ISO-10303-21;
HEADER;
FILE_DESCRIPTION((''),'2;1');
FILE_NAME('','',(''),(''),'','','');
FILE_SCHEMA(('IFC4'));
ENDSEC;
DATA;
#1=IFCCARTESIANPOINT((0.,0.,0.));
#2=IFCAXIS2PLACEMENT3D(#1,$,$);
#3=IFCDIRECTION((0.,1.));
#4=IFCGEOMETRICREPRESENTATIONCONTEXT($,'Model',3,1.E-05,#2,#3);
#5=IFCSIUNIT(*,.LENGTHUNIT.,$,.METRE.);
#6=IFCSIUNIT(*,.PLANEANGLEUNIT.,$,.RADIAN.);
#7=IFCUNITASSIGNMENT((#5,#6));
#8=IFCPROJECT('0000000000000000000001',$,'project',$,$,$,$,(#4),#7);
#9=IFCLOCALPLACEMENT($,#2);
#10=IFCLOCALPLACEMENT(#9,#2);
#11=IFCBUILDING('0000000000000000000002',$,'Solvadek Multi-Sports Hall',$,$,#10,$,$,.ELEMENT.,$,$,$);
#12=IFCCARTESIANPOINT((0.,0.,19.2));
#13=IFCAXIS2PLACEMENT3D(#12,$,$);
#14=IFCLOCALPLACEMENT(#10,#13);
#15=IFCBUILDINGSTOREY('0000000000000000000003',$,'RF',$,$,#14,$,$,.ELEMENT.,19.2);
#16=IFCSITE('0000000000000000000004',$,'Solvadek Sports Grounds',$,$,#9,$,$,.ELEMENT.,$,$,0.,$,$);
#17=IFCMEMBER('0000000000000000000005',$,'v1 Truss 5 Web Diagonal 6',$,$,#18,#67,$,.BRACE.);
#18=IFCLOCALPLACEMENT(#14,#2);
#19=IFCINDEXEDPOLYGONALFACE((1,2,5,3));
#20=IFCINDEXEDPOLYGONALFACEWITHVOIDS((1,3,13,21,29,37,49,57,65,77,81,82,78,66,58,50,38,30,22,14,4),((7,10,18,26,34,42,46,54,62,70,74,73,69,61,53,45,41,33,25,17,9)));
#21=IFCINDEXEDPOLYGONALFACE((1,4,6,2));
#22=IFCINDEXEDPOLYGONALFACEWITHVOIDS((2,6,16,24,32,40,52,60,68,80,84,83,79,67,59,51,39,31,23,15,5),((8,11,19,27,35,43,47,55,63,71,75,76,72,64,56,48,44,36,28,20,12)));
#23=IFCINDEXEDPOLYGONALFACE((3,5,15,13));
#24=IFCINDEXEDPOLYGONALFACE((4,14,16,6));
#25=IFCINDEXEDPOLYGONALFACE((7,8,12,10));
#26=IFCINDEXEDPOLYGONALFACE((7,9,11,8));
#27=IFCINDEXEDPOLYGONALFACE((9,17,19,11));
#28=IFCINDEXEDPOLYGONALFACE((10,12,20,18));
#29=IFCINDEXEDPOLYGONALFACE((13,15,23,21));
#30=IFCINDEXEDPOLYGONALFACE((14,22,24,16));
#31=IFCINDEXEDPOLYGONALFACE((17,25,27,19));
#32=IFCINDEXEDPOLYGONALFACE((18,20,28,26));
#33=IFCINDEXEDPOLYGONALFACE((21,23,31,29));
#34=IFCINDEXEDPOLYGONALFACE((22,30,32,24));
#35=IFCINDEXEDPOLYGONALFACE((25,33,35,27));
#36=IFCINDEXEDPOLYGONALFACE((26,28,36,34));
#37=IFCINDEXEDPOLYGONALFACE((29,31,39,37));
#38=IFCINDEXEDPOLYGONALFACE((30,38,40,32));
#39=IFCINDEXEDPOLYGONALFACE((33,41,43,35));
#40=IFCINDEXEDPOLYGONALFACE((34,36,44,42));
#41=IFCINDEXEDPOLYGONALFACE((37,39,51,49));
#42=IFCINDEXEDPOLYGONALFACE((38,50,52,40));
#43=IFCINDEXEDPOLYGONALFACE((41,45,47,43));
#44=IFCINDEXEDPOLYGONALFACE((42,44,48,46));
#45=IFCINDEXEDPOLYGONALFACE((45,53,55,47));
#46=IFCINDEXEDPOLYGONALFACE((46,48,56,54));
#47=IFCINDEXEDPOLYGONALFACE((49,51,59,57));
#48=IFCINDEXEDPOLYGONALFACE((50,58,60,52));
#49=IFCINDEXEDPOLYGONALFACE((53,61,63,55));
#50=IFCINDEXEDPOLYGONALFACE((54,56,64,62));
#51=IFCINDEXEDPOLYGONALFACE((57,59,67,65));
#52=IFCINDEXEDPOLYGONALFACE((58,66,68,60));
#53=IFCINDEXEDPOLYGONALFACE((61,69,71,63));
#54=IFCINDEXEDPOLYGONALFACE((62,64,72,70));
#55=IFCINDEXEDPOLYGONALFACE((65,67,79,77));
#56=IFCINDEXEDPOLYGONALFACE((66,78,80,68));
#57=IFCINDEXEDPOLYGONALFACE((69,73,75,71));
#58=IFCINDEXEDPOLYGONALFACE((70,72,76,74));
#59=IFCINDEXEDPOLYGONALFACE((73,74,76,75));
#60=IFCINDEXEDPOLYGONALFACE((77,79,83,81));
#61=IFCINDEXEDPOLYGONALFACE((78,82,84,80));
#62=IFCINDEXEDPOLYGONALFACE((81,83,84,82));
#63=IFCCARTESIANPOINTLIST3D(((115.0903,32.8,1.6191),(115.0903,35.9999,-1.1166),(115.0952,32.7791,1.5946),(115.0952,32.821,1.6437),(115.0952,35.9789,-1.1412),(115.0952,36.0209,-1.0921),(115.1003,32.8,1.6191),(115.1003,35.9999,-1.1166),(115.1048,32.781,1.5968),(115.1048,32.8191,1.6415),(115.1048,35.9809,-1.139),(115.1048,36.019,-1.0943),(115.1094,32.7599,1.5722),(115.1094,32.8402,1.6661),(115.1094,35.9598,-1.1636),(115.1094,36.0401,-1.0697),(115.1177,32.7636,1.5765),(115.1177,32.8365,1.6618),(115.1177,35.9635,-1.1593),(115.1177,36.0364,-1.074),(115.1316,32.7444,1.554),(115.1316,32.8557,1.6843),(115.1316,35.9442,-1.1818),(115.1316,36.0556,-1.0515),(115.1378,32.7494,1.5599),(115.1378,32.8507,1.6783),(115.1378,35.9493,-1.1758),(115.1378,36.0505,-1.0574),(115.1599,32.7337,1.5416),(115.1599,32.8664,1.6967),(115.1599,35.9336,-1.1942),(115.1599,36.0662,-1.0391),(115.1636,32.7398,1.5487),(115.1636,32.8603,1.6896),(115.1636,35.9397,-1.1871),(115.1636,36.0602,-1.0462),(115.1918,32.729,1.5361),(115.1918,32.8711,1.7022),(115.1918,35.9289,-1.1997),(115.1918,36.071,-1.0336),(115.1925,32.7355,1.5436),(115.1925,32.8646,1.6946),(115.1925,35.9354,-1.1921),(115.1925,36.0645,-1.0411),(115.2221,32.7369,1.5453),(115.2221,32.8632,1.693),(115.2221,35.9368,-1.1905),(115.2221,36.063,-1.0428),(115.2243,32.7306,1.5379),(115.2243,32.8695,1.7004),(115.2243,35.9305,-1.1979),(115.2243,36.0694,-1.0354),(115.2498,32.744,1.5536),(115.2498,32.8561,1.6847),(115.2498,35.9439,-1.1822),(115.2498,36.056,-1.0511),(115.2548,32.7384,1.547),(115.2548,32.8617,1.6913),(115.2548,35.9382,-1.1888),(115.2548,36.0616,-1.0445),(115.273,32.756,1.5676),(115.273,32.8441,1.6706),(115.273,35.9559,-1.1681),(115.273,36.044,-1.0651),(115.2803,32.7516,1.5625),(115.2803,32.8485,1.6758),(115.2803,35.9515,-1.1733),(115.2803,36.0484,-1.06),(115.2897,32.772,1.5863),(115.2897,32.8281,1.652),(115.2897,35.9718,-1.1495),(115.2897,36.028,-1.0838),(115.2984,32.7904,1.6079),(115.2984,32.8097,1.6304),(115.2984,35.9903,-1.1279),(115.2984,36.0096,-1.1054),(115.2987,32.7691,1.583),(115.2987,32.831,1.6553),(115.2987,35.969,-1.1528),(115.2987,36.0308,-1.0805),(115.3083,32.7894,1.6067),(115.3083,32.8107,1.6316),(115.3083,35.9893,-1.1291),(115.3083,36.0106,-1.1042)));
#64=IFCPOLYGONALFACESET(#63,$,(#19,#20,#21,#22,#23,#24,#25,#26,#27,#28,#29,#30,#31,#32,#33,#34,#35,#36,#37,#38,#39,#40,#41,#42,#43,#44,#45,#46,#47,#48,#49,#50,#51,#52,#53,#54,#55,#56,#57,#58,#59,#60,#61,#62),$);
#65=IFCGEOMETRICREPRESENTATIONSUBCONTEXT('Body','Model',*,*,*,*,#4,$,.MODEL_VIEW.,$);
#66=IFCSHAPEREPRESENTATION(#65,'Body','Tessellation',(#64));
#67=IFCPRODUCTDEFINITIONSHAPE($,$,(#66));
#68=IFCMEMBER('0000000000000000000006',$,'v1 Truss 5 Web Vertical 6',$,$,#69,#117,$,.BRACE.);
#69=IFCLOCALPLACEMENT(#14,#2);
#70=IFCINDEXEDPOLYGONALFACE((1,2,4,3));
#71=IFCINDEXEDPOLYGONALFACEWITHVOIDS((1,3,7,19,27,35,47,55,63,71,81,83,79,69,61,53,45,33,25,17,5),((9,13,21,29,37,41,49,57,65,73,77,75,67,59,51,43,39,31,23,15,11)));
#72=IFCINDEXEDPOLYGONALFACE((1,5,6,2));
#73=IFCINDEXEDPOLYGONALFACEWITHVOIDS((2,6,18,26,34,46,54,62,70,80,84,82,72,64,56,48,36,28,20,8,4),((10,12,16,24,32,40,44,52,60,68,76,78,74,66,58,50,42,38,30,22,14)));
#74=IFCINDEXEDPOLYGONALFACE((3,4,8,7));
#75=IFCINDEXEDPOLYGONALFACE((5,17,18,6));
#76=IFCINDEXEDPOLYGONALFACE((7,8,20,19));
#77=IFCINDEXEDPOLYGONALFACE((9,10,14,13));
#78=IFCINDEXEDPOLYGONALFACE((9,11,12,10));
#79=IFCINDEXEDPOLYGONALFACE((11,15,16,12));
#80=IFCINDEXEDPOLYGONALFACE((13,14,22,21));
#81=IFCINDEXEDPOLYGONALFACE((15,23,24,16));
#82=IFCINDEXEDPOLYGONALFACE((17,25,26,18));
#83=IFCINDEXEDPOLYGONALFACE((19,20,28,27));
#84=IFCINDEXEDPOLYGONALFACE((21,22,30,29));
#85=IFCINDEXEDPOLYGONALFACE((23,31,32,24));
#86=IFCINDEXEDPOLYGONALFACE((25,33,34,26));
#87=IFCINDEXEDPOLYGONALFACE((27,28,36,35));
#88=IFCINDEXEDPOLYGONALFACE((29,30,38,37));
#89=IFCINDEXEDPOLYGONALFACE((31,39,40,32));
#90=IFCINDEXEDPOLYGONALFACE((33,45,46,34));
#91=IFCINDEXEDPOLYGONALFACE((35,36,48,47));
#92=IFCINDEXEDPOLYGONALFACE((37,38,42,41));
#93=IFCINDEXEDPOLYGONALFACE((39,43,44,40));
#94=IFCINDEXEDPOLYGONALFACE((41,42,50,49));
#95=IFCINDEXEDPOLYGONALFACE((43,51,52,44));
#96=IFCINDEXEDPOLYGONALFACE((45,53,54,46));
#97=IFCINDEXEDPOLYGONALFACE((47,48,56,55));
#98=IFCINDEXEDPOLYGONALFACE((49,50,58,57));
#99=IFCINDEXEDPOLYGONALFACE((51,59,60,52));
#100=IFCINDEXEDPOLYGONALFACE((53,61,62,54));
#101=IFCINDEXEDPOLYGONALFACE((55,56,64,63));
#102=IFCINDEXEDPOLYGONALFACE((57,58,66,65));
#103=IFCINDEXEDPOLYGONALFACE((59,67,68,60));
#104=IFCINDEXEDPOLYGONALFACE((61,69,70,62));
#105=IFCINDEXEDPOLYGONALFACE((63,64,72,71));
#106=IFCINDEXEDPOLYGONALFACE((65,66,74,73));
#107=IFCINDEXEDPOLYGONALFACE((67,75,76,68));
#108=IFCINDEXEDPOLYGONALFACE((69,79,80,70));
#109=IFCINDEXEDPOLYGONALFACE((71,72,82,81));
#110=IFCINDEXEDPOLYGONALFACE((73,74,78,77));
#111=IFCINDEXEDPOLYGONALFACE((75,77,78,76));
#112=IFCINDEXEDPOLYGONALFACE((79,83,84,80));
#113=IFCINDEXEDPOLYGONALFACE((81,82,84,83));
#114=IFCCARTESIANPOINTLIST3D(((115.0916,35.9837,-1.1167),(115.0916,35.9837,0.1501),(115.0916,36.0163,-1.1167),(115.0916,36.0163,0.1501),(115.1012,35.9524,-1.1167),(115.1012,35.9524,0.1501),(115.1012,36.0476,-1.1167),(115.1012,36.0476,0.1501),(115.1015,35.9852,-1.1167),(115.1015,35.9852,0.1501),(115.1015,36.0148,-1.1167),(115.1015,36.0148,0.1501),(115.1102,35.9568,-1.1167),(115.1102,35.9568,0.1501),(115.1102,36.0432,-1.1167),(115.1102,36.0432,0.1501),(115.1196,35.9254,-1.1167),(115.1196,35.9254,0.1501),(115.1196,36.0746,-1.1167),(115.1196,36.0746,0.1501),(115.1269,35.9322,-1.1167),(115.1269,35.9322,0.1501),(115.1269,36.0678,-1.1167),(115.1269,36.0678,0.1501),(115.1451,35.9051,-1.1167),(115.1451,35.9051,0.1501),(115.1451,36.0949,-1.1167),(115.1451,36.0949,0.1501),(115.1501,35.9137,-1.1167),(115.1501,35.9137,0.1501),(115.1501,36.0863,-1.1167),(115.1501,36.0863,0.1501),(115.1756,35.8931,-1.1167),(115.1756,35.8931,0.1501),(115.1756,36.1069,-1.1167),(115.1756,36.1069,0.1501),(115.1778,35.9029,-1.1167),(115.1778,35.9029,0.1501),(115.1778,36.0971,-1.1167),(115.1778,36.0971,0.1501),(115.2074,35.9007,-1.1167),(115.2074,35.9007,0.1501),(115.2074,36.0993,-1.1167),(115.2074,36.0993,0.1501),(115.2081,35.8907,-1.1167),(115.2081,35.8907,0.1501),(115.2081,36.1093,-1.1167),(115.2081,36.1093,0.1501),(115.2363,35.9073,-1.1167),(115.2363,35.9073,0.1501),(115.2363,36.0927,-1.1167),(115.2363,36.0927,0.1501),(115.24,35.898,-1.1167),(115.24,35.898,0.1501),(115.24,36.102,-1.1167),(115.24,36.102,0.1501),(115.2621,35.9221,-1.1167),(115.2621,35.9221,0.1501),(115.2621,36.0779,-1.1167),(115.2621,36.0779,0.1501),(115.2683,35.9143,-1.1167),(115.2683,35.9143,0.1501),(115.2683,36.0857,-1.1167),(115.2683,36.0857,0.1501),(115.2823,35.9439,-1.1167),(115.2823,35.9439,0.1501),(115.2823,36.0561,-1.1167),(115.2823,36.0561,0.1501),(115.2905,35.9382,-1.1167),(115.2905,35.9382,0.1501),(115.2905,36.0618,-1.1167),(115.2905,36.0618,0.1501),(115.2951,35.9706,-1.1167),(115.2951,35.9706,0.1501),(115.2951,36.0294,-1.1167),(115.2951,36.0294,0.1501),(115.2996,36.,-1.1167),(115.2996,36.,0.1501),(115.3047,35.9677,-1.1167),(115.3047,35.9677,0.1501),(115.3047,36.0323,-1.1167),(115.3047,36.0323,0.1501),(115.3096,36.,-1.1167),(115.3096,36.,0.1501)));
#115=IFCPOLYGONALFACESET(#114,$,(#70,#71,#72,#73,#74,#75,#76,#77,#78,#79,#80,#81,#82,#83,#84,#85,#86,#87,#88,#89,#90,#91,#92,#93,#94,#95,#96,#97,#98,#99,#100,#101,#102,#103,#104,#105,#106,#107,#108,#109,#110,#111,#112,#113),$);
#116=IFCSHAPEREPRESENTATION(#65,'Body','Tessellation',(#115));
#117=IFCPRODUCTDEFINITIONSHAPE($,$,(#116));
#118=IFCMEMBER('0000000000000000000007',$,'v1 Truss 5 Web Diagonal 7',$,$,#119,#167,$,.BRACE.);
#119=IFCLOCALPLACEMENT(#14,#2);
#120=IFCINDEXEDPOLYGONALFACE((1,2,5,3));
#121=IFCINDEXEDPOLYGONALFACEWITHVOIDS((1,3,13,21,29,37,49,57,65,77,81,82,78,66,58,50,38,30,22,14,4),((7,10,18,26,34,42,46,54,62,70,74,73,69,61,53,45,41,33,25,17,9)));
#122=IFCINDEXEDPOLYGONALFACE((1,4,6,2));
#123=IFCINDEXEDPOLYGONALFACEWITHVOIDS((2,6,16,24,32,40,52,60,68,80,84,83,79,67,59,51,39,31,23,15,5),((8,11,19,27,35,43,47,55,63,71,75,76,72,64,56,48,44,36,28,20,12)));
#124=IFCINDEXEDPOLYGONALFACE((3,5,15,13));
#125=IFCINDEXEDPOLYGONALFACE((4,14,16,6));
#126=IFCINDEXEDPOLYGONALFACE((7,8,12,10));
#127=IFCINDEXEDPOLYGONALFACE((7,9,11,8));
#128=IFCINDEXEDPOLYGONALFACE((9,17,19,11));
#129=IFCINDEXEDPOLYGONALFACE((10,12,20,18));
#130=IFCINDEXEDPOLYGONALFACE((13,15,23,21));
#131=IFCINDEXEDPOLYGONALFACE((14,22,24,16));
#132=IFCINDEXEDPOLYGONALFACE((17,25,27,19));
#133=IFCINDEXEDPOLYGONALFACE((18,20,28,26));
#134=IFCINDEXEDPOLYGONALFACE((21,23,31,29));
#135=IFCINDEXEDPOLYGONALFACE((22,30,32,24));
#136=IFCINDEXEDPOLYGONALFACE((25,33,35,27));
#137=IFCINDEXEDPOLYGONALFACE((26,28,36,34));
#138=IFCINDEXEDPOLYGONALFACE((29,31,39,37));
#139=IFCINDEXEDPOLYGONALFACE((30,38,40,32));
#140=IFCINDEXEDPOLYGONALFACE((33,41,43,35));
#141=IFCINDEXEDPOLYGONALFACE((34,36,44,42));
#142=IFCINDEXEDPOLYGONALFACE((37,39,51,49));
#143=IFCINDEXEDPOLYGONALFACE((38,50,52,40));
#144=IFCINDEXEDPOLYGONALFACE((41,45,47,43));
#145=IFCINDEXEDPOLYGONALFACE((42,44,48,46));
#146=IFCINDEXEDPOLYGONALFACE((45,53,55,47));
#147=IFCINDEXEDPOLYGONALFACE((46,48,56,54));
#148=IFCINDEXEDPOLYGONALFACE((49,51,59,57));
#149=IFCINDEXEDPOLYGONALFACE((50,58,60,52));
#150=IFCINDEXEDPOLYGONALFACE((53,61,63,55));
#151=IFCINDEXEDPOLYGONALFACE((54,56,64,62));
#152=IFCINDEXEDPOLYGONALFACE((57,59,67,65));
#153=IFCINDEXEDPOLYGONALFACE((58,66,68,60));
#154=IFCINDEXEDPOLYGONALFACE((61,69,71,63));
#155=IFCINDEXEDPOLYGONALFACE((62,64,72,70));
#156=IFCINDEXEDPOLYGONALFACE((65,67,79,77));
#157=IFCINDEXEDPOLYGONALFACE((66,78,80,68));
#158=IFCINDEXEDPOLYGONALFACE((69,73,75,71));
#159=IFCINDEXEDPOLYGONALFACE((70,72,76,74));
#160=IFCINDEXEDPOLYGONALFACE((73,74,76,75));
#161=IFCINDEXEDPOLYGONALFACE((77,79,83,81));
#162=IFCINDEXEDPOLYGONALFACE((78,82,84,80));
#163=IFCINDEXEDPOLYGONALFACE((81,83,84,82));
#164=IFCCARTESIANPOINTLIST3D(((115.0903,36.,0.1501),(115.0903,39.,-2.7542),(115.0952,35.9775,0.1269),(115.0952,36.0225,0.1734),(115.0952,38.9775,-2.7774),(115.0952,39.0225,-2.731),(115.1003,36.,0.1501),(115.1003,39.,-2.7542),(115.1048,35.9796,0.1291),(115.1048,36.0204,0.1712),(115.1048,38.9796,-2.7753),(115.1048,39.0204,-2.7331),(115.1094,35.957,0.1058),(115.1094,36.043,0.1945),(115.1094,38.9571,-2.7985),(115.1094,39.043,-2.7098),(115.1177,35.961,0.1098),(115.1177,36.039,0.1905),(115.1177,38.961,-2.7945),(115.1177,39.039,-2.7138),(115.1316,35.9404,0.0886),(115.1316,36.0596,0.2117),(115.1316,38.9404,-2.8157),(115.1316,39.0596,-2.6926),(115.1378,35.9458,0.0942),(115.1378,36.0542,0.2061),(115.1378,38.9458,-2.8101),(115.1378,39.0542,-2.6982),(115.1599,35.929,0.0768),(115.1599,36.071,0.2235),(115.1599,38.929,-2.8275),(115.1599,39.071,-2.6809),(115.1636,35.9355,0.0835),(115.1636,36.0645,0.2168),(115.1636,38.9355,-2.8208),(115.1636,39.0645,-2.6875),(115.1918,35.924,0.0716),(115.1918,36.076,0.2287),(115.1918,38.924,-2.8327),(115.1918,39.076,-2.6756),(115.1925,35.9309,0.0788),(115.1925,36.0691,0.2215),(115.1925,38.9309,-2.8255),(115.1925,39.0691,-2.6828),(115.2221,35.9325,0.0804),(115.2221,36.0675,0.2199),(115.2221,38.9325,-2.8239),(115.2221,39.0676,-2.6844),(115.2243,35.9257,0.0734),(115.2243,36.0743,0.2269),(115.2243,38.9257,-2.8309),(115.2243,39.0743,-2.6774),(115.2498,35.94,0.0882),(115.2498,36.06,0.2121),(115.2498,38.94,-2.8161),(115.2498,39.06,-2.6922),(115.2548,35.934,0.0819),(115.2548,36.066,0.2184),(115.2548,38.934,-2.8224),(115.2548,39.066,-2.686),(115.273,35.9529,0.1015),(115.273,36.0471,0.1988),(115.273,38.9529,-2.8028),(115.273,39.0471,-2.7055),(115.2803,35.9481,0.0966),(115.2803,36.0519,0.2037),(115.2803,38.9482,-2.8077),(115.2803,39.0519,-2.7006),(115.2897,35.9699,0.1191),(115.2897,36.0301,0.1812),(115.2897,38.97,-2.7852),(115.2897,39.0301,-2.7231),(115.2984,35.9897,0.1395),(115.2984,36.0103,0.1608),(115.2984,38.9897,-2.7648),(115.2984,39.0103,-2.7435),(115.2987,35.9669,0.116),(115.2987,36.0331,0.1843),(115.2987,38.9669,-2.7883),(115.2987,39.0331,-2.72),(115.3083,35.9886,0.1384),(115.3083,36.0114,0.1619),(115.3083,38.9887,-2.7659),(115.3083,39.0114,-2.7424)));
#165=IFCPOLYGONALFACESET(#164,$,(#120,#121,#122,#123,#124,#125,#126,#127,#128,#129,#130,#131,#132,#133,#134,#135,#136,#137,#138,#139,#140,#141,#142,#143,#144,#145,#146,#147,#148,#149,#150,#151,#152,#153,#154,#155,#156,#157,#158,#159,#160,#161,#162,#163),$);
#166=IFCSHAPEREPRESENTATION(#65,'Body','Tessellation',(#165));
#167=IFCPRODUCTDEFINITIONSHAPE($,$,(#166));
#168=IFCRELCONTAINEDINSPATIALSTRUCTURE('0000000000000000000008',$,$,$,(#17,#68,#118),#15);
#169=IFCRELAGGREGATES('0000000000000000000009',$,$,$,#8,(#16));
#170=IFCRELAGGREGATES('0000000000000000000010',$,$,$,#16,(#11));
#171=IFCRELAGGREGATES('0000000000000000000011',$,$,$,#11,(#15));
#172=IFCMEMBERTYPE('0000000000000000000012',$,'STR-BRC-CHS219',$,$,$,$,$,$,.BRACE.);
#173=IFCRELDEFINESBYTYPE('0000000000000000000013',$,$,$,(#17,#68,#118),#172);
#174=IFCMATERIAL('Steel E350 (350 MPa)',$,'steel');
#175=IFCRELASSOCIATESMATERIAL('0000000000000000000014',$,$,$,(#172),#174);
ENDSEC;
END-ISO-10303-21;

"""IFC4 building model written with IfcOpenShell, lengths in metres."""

from ifc_helpers import new_model, si_unit, direction, frame, origin, origin_2d, place, context, subcontext, project, spatial, hollow_circle, extrude, material, material_profile, profile_set, type_object, element, save


model = new_model("IFC4")

# Units and contexts
model_context = context("Model", 3, precision=1e-05, world=origin(), true_north=direction((0.0, 1.0)))
body_context = subcontext(model_context, "Body", "Model", "MODEL_VIEW")
ifc_project = project(units=[si_unit("LENGTHUNIT", "METRE"), si_unit("PLANEANGLEUNIT", "RADIAN")], contexts=[model_context])

# Site, building, storey
site_placement = place(None, origin())
site = spatial("IfcSite", under=ifc_project, at=site_placement, Name="Solvadek Sports Grounds", CompositionType="ELEMENT", RefElevation=0.0)
building_placement = place(site_placement, origin())
building = spatial("IfcBuilding", under=site, at=building_placement, Name="Solvadek Multi-Sports Hall", CompositionType="ELEMENT")
storey_placement = place(building_placement, frame((0.0, 0.0, 19.2)))
storey = spatial("IfcBuildingStorey", under=building, at=storey_placement, Name="RF", CompositionType="ELEMENT", Elevation=19.2)

# Members
ifc_material_1 = material(Name="Steel E350 (350 MPa)", Category="steel")
ifc_material_profile_1 = material_profile(ifc_material_1, hollow_circle(Radius=0.1096, WallThickness=0.01, at=origin_2d()), Name="CHS 219.1x10")
ifc_profile_set_1 = profile_set([ifc_material_profile_1], Name="Steel E350 (350 MPa)")
member_type_1 = type_object("IfcMemberType", Name="STR-BRC-CHS219", PredefinedType="BRACE", material=ifc_profile_set_1)
member_1_placement = place(storey_placement, frame((115.2, 32.8, 1.6191), z_axis=(0.0, 0.760075, -0.649836), x_axis=(-1.0, 0.0, 0.0)))
element("IfcMember", 1, at=member_1_placement, inside=storey, type_object=member_type_1, Name="v1 Truss 5 Web Diagonal 6", PredefinedType="BRACE", context=body_context, shape_type="SweptSolid", body=[
    extrude(hollow_circle(Radius=0.1096, WallThickness=0.01, at=origin_2d()), origin(), (0.0, 0.0, 1.0), 4.21),
])
member_2_placement = place(storey_placement, frame((115.2, 36.0, -1.1167), z_axis=(0.0, 0.0, 1.0), x_axis=(1.0, 0.0, 0.0)))
element("IfcMember", 2, at=member_2_placement, inside=storey, type_object=member_type_1, Name="v1 Truss 5 Web Vertical 6", PredefinedType="BRACE", context=body_context, shape_type="SweptSolid", body=[
    extrude(hollow_circle(Radius=0.1096, WallThickness=0.01, at=origin_2d()), origin(), (0.0, 0.0, 1.0), 1.2668),
])
member_3_placement = place(storey_placement, frame((115.2, 36.0, 0.1501), z_axis=(0.0, 0.718474, -0.695554), x_axis=(-1.0, 0.0, 0.0)))
element("IfcMember", 3, at=member_3_placement, inside=storey, type_object=member_type_1, Name="v1 Truss 5 Web Diagonal 7", PredefinedType="BRACE", context=body_context, shape_type="SweptSolid", body=[
    extrude(hollow_circle(Radius=0.1096, WallThickness=0.01, at=origin_2d()), origin(), (0.0, 0.0, 1.0), 4.1755),
])

save(model, "model.ifc")
